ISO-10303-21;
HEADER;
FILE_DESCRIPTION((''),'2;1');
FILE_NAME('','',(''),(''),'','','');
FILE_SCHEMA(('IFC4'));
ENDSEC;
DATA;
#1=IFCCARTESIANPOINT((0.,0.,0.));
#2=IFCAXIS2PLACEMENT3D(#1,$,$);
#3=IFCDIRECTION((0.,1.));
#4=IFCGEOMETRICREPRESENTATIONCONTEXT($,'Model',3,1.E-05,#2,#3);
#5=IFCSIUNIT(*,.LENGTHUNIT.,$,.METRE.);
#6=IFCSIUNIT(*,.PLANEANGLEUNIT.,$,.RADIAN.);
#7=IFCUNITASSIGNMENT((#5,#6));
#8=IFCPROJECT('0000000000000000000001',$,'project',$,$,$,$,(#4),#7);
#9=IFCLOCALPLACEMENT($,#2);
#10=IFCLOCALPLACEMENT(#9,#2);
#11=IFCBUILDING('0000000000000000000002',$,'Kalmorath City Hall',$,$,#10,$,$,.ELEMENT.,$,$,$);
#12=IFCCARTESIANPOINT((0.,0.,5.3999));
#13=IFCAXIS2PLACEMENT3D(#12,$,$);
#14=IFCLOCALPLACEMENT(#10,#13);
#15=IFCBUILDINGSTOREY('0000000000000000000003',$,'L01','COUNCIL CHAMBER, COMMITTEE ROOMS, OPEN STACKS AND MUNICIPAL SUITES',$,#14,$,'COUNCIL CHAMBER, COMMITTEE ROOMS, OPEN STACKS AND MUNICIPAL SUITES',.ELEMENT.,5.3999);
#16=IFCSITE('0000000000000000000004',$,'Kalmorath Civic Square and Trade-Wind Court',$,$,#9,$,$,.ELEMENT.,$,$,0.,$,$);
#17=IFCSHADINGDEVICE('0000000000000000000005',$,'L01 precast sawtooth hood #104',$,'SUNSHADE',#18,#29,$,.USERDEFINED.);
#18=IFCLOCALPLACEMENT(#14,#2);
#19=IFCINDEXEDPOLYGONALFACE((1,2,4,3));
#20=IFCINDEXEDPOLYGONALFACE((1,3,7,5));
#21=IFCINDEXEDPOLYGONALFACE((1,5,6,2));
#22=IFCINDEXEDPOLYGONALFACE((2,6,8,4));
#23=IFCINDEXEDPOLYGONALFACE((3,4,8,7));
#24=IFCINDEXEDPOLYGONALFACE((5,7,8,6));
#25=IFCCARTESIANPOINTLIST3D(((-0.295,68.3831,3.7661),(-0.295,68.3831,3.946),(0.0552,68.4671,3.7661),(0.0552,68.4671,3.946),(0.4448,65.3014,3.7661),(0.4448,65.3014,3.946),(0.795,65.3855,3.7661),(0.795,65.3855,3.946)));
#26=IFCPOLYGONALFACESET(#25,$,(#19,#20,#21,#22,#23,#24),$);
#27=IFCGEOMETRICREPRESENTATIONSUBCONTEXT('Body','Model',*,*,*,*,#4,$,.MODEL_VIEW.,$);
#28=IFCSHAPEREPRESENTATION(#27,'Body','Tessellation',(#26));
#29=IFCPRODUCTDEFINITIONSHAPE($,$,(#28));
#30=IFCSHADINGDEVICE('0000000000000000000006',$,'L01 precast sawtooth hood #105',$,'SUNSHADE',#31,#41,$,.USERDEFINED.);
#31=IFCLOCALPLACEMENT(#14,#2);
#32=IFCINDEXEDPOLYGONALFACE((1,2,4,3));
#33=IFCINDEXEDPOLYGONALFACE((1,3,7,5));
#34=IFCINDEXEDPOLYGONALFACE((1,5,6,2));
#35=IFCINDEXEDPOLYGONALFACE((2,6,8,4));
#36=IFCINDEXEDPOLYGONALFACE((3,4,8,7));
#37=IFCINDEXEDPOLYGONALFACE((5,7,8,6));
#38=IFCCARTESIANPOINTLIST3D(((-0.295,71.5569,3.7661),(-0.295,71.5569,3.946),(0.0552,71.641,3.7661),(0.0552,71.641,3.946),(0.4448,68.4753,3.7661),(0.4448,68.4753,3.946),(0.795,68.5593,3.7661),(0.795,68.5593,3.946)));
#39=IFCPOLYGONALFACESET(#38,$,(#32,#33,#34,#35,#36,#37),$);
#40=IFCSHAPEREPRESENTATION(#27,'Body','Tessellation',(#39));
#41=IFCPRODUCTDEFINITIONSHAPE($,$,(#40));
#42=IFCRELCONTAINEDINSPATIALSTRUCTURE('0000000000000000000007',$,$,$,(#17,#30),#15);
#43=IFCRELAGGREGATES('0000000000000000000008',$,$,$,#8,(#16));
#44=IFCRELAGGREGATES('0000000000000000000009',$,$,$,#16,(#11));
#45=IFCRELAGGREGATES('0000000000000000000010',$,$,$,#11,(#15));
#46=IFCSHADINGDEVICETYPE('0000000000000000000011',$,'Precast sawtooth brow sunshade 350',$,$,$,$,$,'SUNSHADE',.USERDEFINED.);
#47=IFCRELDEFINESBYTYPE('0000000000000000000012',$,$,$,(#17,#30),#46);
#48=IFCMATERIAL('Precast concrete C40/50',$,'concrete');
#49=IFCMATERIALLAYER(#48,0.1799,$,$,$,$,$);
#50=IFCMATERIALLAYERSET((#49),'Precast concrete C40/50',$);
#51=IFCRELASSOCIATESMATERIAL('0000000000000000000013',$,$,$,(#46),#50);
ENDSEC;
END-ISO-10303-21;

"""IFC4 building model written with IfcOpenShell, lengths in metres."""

from ifc_helpers import new_model, si_unit, direction, frame, origin, origin_2d, place, context, subcontext, project, spatial, rectangle, extrude, material, layer, layer_set, type_object, element, save


model = new_model("IFC4")

# Units and contexts
model_context = context("Model", 3, precision=1e-05, world=origin(), true_north=direction((0.0, 1.0)))
body_context = subcontext(model_context, "Body", "Model", "MODEL_VIEW")
ifc_project = project(units=[si_unit("LENGTHUNIT", "METRE"), si_unit("PLANEANGLEUNIT", "RADIAN")], contexts=[model_context])

# Site, building, storey
site_placement = place(None, origin())
site = spatial("IfcSite", under=ifc_project, at=site_placement, Name="Kalmorath Civic Square and Trade-Wind Court", CompositionType="ELEMENT", RefElevation=0.0)
building_placement = place(site_placement, origin())
building = spatial("IfcBuilding", under=site, at=building_placement, Name="Kalmorath City Hall", CompositionType="ELEMENT")
storey_placement = place(building_placement, frame((0.0, 0.0, 5.3999)))
storey = spatial("IfcBuildingStorey", under=building, at=storey_placement, Name="L01", Description="COUNCIL CHAMBER, COMMITTEE ROOMS, OPEN STACKS AND MUNICIPAL SUITES", LongName="COUNCIL CHAMBER, COMMITTEE ROOMS, OPEN STACKS AND MUNICIPAL SUITES", CompositionType="ELEMENT", Elevation=5.3999)

# Shading devices
ifc_material_1 = material(Name="Precast concrete C40/50", Category="concrete")
ifc_layer_1 = layer(ifc_material_1, 0.1799)
ifc_layer_set_1 = layer_set([ifc_layer_1], Name="Precast concrete C40/50")
shading_device_type = type_object("IfcShadingDeviceType", Name="Precast sawtooth brow sunshade 350", ElementType="SUNSHADE", PredefinedType="USERDEFINED", material=ifc_layer_set_1)
for number, where, z_axis, x_axis, name in (
    (1, (0.25, 66.8843, 3.7661), (0.0, 0.0, 1.0), (-0.233445, 0.97237, 0.0), "L01 precast sawtooth hood #104"),
    (2, (0.25, 70.0581, 3.7661), (0.0, 0.0, 1.0), (-0.233445, 0.97237, 0.0), "L01 precast sawtooth hood #105"),
):
    element("IfcShadingDevice", number, at=place(storey_placement, frame(where, z_axis=z_axis, x_axis=x_axis)), inside=storey, type_object=shading_device_type, Name=name, ObjectType="SUNSHADE", PredefinedType="USERDEFINED", context=body_context, shape_type="SweptSolid", body=[
        extrude(rectangle(XDim=3.1692, YDim=0.3601, at=origin_2d()), origin(), (0.0, 0.0, 1.0), 0.1799),
    ])

save(model, "model.ifc")
